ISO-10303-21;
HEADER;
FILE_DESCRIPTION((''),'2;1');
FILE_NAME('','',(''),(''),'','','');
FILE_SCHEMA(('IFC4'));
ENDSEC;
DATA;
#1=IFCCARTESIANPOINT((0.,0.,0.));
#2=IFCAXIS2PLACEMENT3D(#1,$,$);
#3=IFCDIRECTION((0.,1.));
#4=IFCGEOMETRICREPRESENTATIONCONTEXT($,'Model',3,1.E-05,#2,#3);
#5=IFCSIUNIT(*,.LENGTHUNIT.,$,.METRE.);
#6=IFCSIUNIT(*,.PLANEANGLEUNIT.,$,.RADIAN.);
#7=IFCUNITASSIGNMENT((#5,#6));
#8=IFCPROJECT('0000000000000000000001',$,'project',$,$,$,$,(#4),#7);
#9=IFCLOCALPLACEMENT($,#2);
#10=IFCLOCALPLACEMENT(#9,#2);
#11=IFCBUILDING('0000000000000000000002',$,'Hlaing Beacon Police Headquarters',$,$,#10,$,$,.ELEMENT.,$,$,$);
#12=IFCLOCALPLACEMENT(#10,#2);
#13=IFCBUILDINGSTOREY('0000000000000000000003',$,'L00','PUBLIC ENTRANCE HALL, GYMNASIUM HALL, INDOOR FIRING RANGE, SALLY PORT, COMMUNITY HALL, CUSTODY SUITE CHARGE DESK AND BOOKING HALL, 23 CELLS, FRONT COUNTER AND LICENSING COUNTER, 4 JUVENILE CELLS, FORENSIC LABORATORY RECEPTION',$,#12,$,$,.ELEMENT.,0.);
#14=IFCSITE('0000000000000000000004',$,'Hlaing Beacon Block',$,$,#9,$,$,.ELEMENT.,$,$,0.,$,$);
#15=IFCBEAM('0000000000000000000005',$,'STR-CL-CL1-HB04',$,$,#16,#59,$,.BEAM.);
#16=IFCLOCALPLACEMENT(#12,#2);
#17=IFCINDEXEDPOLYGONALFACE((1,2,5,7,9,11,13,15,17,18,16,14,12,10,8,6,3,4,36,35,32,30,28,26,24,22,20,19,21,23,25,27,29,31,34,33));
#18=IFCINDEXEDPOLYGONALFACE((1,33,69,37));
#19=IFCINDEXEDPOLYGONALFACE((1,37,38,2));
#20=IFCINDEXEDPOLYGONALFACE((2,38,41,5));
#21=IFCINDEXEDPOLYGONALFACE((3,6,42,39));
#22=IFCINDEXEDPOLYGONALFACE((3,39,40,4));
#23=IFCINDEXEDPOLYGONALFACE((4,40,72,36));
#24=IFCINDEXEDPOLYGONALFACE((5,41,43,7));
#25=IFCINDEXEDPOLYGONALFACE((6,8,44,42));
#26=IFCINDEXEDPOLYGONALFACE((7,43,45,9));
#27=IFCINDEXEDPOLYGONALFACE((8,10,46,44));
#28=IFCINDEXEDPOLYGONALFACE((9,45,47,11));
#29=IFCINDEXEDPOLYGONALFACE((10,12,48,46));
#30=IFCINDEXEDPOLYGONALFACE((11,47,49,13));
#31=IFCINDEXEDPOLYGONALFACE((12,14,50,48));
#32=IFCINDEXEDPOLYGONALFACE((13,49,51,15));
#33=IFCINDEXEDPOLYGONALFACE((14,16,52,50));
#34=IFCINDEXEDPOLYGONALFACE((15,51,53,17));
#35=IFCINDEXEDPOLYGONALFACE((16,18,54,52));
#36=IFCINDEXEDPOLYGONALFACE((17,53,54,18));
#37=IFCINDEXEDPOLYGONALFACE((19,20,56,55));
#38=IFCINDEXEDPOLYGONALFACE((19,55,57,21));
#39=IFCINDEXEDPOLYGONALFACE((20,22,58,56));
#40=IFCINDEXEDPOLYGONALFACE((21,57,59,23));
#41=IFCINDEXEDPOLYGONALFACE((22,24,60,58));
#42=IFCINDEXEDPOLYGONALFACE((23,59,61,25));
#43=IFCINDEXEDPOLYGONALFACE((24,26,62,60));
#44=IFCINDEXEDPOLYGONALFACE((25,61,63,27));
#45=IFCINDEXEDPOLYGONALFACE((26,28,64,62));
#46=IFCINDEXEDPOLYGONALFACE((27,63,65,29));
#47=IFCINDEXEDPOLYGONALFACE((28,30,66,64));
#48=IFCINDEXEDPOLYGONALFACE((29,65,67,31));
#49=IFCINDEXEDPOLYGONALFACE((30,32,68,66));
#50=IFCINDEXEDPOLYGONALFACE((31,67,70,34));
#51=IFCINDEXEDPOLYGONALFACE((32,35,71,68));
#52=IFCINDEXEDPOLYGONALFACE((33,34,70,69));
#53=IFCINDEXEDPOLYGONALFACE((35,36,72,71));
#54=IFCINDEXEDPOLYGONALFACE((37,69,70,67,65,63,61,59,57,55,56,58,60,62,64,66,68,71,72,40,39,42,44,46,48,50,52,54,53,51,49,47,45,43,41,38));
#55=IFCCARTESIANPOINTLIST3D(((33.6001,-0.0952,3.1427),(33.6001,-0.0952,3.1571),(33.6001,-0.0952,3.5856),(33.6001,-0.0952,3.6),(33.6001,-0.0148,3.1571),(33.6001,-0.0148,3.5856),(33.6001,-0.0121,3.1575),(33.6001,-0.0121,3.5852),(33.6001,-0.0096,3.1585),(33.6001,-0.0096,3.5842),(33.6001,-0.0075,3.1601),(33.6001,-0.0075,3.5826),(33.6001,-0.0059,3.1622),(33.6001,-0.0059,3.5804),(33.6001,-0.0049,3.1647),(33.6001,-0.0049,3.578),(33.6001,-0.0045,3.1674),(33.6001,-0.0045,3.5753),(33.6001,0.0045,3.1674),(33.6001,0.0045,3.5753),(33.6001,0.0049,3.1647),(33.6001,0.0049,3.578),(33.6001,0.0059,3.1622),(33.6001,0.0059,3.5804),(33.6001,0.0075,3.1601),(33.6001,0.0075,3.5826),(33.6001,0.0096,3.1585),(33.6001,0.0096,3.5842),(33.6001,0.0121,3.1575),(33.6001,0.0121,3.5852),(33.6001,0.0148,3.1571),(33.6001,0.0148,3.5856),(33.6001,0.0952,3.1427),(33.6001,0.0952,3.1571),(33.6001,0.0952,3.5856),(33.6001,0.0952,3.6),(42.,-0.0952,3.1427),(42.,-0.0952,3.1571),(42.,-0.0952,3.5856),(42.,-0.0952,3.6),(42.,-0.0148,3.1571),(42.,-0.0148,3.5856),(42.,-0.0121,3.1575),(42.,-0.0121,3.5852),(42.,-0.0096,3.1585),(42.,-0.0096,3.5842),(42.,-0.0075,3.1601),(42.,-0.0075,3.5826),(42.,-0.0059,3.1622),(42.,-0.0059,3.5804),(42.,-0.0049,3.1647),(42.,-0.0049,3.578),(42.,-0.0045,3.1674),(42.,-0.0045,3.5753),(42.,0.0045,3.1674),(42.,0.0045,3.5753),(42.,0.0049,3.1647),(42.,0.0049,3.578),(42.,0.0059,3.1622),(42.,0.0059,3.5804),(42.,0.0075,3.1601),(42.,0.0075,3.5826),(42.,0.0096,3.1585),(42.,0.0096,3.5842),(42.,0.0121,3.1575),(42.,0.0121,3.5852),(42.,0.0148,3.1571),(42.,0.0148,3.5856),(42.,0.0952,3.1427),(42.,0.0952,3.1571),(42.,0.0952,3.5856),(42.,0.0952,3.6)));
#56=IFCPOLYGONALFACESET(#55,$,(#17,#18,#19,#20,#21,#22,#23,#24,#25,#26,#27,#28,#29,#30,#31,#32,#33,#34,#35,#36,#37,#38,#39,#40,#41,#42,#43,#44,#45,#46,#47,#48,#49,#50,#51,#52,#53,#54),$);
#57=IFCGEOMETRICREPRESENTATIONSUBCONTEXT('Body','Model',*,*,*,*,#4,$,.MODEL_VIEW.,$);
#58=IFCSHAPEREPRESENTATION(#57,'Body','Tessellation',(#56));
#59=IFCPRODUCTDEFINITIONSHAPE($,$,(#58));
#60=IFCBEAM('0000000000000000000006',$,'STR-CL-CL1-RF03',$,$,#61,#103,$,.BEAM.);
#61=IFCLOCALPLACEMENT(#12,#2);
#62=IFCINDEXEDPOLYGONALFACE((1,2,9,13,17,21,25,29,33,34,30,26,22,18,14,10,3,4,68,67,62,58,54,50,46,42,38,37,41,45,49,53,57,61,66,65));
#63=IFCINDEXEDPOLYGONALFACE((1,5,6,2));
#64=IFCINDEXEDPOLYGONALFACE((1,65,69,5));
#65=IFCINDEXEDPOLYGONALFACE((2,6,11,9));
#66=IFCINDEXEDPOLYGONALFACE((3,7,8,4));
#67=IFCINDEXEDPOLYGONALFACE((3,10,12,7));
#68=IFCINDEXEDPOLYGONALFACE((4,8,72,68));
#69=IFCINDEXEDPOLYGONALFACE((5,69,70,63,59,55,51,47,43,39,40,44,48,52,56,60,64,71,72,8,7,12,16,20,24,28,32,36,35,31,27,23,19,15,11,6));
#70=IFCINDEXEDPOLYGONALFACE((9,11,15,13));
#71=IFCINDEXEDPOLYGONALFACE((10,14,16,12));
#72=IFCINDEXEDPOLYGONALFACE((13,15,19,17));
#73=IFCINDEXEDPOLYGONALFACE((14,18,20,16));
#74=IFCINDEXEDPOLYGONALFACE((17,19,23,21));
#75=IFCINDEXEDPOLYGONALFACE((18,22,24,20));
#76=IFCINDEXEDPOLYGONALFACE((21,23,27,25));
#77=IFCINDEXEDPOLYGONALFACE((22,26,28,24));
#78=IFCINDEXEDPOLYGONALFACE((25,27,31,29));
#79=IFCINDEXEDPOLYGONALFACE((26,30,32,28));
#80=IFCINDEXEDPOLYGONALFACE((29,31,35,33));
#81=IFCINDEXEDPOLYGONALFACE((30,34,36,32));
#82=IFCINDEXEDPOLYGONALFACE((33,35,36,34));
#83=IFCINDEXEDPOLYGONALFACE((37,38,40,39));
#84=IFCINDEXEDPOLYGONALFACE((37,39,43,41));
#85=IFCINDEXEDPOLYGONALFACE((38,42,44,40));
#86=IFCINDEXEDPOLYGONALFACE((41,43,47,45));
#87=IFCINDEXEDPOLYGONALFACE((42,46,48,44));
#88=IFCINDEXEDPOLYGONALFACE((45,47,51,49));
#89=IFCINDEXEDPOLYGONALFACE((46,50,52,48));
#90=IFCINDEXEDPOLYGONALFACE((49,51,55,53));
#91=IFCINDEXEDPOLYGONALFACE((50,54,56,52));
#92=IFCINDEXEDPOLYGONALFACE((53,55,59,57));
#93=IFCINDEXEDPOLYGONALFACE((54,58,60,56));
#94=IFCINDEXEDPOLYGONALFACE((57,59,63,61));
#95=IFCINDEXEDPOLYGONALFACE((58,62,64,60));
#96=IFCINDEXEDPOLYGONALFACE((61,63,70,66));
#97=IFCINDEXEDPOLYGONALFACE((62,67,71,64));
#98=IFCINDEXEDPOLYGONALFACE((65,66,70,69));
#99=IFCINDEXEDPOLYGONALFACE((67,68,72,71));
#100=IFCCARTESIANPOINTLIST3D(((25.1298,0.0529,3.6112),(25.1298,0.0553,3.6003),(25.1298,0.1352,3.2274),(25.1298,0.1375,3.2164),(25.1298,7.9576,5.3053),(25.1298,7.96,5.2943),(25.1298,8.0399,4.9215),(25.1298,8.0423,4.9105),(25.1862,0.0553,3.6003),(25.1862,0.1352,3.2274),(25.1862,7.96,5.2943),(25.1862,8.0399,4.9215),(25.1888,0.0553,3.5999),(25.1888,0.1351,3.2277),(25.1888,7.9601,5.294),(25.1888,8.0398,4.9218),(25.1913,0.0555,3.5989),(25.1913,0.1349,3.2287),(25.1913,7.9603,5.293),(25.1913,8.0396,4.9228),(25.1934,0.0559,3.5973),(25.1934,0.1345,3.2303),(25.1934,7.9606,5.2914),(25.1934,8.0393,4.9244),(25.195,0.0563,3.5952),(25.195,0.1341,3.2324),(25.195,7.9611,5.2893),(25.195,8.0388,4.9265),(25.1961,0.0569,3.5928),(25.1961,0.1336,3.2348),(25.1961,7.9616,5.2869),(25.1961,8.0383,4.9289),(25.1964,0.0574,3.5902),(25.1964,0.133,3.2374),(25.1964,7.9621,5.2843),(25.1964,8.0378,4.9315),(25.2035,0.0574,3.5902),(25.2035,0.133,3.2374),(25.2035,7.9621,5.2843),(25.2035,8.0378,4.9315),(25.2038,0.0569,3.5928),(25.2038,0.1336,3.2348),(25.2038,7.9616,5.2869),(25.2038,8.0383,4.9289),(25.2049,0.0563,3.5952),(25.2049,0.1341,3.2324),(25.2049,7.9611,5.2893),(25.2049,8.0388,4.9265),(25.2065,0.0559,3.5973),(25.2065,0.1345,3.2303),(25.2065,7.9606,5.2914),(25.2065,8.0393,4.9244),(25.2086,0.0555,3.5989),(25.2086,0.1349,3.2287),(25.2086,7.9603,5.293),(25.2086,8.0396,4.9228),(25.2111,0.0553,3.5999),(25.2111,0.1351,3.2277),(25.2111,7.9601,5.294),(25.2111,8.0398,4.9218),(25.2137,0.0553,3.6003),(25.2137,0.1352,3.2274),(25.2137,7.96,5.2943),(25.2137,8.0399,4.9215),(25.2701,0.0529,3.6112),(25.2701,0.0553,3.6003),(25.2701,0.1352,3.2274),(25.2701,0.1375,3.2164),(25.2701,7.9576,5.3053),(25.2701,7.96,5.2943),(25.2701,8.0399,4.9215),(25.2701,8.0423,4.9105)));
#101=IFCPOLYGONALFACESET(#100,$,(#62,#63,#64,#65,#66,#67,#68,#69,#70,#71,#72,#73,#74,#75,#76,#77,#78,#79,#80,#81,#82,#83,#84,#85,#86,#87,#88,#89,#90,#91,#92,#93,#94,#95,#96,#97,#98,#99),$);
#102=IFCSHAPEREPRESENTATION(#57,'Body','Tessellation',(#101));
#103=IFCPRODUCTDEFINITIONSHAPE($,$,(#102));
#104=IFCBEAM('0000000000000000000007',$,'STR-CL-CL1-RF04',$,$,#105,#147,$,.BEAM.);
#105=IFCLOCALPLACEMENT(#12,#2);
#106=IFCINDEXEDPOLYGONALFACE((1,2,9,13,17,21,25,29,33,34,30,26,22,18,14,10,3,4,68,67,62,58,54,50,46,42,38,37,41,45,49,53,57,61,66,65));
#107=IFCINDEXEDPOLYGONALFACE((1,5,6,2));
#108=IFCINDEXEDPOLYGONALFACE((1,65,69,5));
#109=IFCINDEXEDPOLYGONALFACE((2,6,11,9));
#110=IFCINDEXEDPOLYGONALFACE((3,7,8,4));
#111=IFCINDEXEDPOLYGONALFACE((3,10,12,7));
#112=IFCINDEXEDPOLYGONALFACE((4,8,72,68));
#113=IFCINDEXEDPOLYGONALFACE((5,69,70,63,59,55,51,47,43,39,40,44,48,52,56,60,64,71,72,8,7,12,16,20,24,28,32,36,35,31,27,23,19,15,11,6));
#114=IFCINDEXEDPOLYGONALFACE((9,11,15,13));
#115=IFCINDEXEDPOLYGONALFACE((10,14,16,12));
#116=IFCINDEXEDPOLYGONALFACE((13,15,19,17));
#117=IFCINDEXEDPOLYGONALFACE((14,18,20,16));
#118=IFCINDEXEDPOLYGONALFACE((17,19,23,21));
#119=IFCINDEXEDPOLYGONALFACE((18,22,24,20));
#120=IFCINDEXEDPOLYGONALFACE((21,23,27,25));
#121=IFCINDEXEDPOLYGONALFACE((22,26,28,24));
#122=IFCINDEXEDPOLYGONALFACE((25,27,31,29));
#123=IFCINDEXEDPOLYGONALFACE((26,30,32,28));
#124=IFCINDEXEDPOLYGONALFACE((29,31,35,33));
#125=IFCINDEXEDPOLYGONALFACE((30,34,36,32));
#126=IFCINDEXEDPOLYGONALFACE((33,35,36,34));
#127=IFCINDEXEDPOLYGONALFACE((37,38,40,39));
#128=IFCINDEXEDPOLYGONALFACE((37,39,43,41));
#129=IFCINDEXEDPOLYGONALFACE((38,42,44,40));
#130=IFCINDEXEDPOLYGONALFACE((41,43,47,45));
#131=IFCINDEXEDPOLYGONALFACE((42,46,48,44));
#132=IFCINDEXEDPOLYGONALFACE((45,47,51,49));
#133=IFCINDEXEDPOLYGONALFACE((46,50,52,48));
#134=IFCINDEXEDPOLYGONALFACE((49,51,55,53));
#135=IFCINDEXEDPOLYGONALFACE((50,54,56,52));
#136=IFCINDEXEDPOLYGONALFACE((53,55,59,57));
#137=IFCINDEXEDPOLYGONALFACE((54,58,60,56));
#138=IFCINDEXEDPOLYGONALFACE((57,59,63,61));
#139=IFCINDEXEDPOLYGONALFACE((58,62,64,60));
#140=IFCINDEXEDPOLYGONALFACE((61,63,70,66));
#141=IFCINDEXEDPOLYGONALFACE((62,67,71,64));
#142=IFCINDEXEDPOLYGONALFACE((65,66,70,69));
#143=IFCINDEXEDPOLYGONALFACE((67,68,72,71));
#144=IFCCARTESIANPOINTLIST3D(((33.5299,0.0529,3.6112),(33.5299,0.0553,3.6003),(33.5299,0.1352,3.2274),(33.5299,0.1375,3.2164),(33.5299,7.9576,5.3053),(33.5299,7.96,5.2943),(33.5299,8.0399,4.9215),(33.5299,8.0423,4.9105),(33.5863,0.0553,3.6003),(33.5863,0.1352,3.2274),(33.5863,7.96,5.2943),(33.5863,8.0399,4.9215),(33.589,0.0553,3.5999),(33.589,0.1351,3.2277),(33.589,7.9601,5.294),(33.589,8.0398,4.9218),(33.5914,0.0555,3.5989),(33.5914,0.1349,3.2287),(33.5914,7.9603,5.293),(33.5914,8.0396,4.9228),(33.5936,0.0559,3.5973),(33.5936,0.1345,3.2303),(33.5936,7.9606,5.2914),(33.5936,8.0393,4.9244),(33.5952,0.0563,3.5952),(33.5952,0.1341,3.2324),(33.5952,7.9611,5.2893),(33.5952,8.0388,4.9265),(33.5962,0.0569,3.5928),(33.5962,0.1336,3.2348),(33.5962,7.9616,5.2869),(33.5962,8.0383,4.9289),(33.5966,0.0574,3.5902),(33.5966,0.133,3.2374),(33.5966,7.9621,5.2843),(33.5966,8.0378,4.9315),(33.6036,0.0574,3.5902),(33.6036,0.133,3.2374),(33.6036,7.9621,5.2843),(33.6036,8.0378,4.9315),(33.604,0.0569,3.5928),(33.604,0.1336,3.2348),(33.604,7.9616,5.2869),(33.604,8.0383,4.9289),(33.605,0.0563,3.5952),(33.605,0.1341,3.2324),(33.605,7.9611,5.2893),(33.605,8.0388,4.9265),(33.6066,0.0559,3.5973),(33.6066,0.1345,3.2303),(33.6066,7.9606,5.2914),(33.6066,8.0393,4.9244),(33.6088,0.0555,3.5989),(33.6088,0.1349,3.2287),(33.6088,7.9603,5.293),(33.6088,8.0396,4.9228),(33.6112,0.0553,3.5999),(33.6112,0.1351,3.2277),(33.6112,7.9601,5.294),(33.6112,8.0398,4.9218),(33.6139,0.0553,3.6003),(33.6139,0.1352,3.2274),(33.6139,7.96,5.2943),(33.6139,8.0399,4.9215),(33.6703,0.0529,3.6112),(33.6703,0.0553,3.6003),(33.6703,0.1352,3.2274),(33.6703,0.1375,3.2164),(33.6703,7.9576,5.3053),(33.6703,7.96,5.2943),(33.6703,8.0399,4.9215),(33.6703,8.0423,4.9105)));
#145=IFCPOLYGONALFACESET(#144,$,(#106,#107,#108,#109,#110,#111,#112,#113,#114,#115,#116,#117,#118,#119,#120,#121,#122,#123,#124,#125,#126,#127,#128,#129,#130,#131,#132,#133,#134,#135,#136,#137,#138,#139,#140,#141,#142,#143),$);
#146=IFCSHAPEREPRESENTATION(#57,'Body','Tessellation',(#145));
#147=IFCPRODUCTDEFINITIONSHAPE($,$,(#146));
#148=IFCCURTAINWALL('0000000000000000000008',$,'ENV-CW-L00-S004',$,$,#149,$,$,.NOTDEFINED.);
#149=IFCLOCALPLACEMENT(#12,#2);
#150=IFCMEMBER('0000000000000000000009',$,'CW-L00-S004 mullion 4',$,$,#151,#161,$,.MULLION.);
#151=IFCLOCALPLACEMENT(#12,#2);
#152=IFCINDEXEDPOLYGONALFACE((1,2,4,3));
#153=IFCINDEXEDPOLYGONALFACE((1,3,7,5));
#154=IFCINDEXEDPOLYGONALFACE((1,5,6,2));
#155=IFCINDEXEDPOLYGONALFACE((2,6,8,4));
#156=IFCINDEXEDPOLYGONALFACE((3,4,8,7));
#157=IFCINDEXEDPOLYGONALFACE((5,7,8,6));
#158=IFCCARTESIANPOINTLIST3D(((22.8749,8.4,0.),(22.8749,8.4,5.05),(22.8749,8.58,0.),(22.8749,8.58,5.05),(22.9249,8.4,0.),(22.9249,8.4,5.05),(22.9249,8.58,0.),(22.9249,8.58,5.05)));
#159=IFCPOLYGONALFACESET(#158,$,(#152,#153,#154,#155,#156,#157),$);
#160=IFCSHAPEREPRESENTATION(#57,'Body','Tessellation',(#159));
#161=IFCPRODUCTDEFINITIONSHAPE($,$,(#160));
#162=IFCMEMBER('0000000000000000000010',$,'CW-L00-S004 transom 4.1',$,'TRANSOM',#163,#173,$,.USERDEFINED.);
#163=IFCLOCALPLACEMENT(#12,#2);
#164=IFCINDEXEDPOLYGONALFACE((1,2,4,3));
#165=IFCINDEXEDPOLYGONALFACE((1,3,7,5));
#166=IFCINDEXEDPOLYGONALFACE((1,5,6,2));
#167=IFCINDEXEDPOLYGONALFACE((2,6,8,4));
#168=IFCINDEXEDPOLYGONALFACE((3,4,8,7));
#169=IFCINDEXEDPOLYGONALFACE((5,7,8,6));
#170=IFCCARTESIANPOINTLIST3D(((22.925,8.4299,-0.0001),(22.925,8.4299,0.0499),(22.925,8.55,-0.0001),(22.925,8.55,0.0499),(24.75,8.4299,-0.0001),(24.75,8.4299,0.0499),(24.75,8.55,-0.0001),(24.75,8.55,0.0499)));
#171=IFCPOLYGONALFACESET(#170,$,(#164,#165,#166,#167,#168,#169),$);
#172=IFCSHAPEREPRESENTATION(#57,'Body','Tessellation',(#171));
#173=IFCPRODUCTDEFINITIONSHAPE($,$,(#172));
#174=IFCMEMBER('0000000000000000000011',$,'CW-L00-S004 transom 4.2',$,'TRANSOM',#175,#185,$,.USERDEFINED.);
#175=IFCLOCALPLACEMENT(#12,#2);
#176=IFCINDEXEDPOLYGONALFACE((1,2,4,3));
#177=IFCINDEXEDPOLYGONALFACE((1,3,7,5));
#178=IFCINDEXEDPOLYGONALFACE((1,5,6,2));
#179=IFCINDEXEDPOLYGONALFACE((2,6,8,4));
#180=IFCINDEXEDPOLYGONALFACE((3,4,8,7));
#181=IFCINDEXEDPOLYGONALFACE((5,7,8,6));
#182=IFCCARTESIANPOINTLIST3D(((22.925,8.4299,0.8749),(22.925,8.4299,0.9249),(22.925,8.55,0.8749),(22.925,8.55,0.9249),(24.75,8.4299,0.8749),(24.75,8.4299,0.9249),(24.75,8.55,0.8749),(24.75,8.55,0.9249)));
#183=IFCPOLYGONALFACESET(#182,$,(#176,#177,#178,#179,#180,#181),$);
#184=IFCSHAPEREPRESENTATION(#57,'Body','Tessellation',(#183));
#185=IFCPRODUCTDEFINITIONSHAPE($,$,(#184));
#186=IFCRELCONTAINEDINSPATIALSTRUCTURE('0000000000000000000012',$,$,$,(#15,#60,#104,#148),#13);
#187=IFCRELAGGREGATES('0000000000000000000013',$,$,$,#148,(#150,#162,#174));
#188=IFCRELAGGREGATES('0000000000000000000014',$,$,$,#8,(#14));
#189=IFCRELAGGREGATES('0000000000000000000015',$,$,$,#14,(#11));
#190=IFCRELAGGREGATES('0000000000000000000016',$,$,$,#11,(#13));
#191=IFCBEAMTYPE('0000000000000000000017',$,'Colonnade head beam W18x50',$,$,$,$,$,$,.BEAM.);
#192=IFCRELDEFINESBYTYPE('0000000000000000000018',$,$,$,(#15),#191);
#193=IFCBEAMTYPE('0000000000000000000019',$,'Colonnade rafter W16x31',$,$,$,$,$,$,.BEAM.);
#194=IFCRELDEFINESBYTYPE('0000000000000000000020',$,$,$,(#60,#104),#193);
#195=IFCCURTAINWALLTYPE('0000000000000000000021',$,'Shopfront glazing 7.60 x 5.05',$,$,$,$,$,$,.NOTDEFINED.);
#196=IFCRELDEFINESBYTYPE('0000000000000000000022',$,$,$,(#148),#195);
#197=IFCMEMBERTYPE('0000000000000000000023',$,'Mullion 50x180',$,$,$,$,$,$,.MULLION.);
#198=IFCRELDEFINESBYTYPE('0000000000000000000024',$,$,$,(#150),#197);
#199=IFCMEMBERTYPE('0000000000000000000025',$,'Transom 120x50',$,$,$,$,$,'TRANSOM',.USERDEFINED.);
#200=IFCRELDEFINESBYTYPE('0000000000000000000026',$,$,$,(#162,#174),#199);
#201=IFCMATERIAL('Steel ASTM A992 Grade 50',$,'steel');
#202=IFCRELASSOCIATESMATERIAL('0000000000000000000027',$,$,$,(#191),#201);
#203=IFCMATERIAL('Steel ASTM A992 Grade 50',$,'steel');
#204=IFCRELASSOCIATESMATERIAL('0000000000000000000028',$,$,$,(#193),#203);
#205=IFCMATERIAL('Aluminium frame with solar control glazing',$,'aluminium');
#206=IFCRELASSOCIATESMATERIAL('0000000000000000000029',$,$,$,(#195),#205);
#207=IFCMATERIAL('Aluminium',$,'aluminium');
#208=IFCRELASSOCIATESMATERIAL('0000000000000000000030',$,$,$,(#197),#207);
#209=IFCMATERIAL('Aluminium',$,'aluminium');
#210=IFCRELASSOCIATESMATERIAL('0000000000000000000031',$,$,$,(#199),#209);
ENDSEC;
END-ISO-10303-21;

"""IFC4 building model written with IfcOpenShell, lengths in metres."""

from ifc_helpers import new_model, si_unit, direction, frame, origin, origin_2d, place, context, subcontext, project, spatial, rectangle, i_section, extrude, material, material_profile, profile_set, type_object, element, aggregate, save


model = new_model("IFC4")

# Units and contexts
model_context = context("Model", 3, precision=1e-05, world=origin(), true_north=direction((0.0, 1.0)))
body_context = subcontext(model_context, "Body", "Model", "MODEL_VIEW")
ifc_project = project(units=[si_unit("LENGTHUNIT", "METRE"), si_unit("PLANEANGLEUNIT", "RADIAN")], contexts=[model_context])

# Site, building, storey
site_placement = place(None, origin())
site = spatial("IfcSite", under=ifc_project, at=site_placement, Name="Hlaing Beacon Block", CompositionType="ELEMENT", RefElevation=0.0)
building_placement = place(site_placement, origin())
building = spatial("IfcBuilding", under=site, at=building_placement, Name="Hlaing Beacon Police Headquarters", CompositionType="ELEMENT")
storey_placement = place(building_placement, origin())
storey = spatial("IfcBuildingStorey", under=building, at=storey_placement, Name="L00", Description="PUBLIC ENTRANCE HALL, GYMNASIUM HALL, INDOOR FIRING RANGE, SALLY PORT, COMMUNITY HALL, CUSTODY SUITE CHARGE DESK AND BOOKING HALL, 23 CELLS, FRONT COUNTER AND LICENSING COUNTER, 4 JUVENILE CELLS, FORENSIC LABORATORY RECEPTION", CompositionType="ELEMENT", Elevation=0.0)

# Beams
ifc_material_1 = material(Name="Steel ASTM A992 Grade 50", Category="steel")
ifc_material_profile_1 = material_profile(ifc_material_1, i_section(OverallWidth=0.1904, OverallDepth=0.4573, WebThickness=0.009, FlangeThickness=0.0144, FilletRadius=0.0103, at=origin_2d()), Name="W18x50")
ifc_profile_set_1 = profile_set([ifc_material_profile_1], Name="Steel ASTM A992 Grade 50")
beam_type_1 = type_object("IfcBeamType", Name="Colonnade head beam W18x50", PredefinedType="BEAM", material=ifc_profile_set_1)
beam_1_placement = place(storey_placement, frame((33.6001, 0.0, 3.3713), z_axis=(1.0, 0.0, 0.0), x_axis=(0.0, 1.0, 0.0)))
element("IfcBeam", 1, at=beam_1_placement, inside=storey, type_object=beam_type_1, Name="STR-CL-CL1-HB04", PredefinedType="BEAM", context=body_context, shape_type="SweptSolid", body=[
    extrude(i_section(OverallWidth=0.1904, OverallDepth=0.4573, WebThickness=0.009, FlangeThickness=0.0144, FilletRadius=0.0103, at=origin_2d()), origin(), (0.0, 0.0, 1.0), 8.3999),
])
ifc_material_2 = material(Name="Steel ASTM A992 Grade 50", Category="steel")
ifc_material_profile_2 = material_profile(ifc_material_2, i_section(OverallWidth=0.1404, OverallDepth=0.4038, WebThickness=0.0071, FlangeThickness=0.0112, FilletRadius=0.0103, at=origin_2d()), Name="W16x31")
ifc_profile_set_2 = profile_set([ifc_material_profile_2], Name="Steel ASTM A992 Grade 50")
beam_type_2 = type_object("IfcBeamType", Name="Colonnade rafter W16x31", PredefinedType="BEAM", material=ifc_profile_set_2)
for number, where, z_axis, x_axis, name in (
    (2, (25.2, 0.0952, 3.4138), (0.0, 0.977797, 0.209554), (-1.0, 0.0, 0.0), "STR-CL-CL1-RF03"),
    (3, (33.6001, 0.0952, 3.4138), (0.0, 0.977797, 0.209554), (-1.0, 0.0, 0.0), "STR-CL-CL1-RF04"),
):
    element("IfcBeam", number, at=place(storey_placement, frame(where, z_axis=z_axis, x_axis=x_axis)), inside=storey, type_object=beam_type_2, Name=name, PredefinedType="BEAM", context=body_context, shape_type="SweptSolid", body=[
        extrude(i_section(OverallWidth=0.1404, OverallDepth=0.4038, WebThickness=0.0071, FlangeThickness=0.0112, FilletRadius=0.0103, at=origin_2d()), origin(), (0.0, 0.0, 1.0), 8.0842),
    ])

# Curtain wall, members
ifc_material_3 = material(Name="Aluminium frame with solar control glazing", Category="aluminium")
curtain_wall_type = type_object("IfcCurtainWallType", Name="Shopfront glazing 7.60 x 5.05", PredefinedType="NOTDEFINED", material=ifc_material_3)
curtain_wall_placement = place(storey_placement, origin())
curtain_wall = element("IfcCurtainWall", 4, at=curtain_wall_placement, inside=storey, type_object=curtain_wall_type, Name="ENV-CW-L00-S004", PredefinedType="NOTDEFINED")
ifc_material_4 = material(Name="Aluminium", Category="aluminium")
ifc_material_profile_3 = material_profile(ifc_material_4, rectangle(XDim=0.1799, YDim=0.05, at=origin_2d()), Name="Mullion 50x180")
ifc_profile_set_3 = profile_set([ifc_material_profile_3], Name="Aluminium")
member_type_1 = type_object("IfcMemberType", Name="Mullion 50x180", PredefinedType="MULLION", material=ifc_profile_set_3)
member_1_placement = place(storey_placement, frame((22.8999, 8.49, 0.0), z_axis=(0.0, 0.0, 1.0), x_axis=(0.0, 1.0, 0.0)))
member_1 = element("IfcMember", 5, at=member_1_placement, type_object=member_type_1, Name="CW-L00-S004 mullion 4", PredefinedType="MULLION", context=body_context, shape_type="SweptSolid", body=[
    extrude(rectangle(XDim=0.1799, YDim=0.05, at=origin_2d()), origin(), (0.0, 0.0, 1.0), 5.05),
])
ifc_material_5 = material(Name="Aluminium", Category="aluminium")
ifc_material_profile_4 = material_profile(ifc_material_5, rectangle(XDim=0.1201, YDim=0.05, at=origin_2d()), Name="Transom 120x50")
ifc_profile_set_4 = profile_set([ifc_material_profile_4], Name="Aluminium")
member_type_2 = type_object("IfcMemberType", Name="Transom 120x50", ElementType="TRANSOM", PredefinedType="USERDEFINED", material=ifc_profile_set_4)
member_2_placement = place(storey_placement, frame((22.925, 8.49, 0.0249), z_axis=(1.0, 0.0, 0.0), x_axis=(0.0, 1.0, 0.0)))
member_2 = element("IfcMember", 6, at=member_2_placement, type_object=member_type_2, Name="CW-L00-S004 transom 4.1", ObjectType="TRANSOM", PredefinedType="USERDEFINED", context=body_context, shape_type="SweptSolid", body=[
    extrude(rectangle(XDim=0.1201, YDim=0.05, at=origin_2d()), origin(), (0.0, 0.0, 1.0), 1.825),
])
member_3_placement = place(storey_placement, frame((22.925, 8.49, 0.8999), z_axis=(1.0, 0.0, 0.0), x_axis=(0.0, 1.0, 0.0)))
member_3 = element("IfcMember", 7, at=member_3_placement, type_object=member_type_2, Name="CW-L00-S004 transom 4.2", ObjectType="TRANSOM", PredefinedType="USERDEFINED", context=body_context, shape_type="SweptSolid", body=[
    extrude(rectangle(XDim=0.1201, YDim=0.05, at=origin_2d()), origin(), (0.0, 0.0, 1.0), 1.825),
])
aggregate(curtain_wall, [member_1, member_2, member_3])

save(model, "model.ifc")
